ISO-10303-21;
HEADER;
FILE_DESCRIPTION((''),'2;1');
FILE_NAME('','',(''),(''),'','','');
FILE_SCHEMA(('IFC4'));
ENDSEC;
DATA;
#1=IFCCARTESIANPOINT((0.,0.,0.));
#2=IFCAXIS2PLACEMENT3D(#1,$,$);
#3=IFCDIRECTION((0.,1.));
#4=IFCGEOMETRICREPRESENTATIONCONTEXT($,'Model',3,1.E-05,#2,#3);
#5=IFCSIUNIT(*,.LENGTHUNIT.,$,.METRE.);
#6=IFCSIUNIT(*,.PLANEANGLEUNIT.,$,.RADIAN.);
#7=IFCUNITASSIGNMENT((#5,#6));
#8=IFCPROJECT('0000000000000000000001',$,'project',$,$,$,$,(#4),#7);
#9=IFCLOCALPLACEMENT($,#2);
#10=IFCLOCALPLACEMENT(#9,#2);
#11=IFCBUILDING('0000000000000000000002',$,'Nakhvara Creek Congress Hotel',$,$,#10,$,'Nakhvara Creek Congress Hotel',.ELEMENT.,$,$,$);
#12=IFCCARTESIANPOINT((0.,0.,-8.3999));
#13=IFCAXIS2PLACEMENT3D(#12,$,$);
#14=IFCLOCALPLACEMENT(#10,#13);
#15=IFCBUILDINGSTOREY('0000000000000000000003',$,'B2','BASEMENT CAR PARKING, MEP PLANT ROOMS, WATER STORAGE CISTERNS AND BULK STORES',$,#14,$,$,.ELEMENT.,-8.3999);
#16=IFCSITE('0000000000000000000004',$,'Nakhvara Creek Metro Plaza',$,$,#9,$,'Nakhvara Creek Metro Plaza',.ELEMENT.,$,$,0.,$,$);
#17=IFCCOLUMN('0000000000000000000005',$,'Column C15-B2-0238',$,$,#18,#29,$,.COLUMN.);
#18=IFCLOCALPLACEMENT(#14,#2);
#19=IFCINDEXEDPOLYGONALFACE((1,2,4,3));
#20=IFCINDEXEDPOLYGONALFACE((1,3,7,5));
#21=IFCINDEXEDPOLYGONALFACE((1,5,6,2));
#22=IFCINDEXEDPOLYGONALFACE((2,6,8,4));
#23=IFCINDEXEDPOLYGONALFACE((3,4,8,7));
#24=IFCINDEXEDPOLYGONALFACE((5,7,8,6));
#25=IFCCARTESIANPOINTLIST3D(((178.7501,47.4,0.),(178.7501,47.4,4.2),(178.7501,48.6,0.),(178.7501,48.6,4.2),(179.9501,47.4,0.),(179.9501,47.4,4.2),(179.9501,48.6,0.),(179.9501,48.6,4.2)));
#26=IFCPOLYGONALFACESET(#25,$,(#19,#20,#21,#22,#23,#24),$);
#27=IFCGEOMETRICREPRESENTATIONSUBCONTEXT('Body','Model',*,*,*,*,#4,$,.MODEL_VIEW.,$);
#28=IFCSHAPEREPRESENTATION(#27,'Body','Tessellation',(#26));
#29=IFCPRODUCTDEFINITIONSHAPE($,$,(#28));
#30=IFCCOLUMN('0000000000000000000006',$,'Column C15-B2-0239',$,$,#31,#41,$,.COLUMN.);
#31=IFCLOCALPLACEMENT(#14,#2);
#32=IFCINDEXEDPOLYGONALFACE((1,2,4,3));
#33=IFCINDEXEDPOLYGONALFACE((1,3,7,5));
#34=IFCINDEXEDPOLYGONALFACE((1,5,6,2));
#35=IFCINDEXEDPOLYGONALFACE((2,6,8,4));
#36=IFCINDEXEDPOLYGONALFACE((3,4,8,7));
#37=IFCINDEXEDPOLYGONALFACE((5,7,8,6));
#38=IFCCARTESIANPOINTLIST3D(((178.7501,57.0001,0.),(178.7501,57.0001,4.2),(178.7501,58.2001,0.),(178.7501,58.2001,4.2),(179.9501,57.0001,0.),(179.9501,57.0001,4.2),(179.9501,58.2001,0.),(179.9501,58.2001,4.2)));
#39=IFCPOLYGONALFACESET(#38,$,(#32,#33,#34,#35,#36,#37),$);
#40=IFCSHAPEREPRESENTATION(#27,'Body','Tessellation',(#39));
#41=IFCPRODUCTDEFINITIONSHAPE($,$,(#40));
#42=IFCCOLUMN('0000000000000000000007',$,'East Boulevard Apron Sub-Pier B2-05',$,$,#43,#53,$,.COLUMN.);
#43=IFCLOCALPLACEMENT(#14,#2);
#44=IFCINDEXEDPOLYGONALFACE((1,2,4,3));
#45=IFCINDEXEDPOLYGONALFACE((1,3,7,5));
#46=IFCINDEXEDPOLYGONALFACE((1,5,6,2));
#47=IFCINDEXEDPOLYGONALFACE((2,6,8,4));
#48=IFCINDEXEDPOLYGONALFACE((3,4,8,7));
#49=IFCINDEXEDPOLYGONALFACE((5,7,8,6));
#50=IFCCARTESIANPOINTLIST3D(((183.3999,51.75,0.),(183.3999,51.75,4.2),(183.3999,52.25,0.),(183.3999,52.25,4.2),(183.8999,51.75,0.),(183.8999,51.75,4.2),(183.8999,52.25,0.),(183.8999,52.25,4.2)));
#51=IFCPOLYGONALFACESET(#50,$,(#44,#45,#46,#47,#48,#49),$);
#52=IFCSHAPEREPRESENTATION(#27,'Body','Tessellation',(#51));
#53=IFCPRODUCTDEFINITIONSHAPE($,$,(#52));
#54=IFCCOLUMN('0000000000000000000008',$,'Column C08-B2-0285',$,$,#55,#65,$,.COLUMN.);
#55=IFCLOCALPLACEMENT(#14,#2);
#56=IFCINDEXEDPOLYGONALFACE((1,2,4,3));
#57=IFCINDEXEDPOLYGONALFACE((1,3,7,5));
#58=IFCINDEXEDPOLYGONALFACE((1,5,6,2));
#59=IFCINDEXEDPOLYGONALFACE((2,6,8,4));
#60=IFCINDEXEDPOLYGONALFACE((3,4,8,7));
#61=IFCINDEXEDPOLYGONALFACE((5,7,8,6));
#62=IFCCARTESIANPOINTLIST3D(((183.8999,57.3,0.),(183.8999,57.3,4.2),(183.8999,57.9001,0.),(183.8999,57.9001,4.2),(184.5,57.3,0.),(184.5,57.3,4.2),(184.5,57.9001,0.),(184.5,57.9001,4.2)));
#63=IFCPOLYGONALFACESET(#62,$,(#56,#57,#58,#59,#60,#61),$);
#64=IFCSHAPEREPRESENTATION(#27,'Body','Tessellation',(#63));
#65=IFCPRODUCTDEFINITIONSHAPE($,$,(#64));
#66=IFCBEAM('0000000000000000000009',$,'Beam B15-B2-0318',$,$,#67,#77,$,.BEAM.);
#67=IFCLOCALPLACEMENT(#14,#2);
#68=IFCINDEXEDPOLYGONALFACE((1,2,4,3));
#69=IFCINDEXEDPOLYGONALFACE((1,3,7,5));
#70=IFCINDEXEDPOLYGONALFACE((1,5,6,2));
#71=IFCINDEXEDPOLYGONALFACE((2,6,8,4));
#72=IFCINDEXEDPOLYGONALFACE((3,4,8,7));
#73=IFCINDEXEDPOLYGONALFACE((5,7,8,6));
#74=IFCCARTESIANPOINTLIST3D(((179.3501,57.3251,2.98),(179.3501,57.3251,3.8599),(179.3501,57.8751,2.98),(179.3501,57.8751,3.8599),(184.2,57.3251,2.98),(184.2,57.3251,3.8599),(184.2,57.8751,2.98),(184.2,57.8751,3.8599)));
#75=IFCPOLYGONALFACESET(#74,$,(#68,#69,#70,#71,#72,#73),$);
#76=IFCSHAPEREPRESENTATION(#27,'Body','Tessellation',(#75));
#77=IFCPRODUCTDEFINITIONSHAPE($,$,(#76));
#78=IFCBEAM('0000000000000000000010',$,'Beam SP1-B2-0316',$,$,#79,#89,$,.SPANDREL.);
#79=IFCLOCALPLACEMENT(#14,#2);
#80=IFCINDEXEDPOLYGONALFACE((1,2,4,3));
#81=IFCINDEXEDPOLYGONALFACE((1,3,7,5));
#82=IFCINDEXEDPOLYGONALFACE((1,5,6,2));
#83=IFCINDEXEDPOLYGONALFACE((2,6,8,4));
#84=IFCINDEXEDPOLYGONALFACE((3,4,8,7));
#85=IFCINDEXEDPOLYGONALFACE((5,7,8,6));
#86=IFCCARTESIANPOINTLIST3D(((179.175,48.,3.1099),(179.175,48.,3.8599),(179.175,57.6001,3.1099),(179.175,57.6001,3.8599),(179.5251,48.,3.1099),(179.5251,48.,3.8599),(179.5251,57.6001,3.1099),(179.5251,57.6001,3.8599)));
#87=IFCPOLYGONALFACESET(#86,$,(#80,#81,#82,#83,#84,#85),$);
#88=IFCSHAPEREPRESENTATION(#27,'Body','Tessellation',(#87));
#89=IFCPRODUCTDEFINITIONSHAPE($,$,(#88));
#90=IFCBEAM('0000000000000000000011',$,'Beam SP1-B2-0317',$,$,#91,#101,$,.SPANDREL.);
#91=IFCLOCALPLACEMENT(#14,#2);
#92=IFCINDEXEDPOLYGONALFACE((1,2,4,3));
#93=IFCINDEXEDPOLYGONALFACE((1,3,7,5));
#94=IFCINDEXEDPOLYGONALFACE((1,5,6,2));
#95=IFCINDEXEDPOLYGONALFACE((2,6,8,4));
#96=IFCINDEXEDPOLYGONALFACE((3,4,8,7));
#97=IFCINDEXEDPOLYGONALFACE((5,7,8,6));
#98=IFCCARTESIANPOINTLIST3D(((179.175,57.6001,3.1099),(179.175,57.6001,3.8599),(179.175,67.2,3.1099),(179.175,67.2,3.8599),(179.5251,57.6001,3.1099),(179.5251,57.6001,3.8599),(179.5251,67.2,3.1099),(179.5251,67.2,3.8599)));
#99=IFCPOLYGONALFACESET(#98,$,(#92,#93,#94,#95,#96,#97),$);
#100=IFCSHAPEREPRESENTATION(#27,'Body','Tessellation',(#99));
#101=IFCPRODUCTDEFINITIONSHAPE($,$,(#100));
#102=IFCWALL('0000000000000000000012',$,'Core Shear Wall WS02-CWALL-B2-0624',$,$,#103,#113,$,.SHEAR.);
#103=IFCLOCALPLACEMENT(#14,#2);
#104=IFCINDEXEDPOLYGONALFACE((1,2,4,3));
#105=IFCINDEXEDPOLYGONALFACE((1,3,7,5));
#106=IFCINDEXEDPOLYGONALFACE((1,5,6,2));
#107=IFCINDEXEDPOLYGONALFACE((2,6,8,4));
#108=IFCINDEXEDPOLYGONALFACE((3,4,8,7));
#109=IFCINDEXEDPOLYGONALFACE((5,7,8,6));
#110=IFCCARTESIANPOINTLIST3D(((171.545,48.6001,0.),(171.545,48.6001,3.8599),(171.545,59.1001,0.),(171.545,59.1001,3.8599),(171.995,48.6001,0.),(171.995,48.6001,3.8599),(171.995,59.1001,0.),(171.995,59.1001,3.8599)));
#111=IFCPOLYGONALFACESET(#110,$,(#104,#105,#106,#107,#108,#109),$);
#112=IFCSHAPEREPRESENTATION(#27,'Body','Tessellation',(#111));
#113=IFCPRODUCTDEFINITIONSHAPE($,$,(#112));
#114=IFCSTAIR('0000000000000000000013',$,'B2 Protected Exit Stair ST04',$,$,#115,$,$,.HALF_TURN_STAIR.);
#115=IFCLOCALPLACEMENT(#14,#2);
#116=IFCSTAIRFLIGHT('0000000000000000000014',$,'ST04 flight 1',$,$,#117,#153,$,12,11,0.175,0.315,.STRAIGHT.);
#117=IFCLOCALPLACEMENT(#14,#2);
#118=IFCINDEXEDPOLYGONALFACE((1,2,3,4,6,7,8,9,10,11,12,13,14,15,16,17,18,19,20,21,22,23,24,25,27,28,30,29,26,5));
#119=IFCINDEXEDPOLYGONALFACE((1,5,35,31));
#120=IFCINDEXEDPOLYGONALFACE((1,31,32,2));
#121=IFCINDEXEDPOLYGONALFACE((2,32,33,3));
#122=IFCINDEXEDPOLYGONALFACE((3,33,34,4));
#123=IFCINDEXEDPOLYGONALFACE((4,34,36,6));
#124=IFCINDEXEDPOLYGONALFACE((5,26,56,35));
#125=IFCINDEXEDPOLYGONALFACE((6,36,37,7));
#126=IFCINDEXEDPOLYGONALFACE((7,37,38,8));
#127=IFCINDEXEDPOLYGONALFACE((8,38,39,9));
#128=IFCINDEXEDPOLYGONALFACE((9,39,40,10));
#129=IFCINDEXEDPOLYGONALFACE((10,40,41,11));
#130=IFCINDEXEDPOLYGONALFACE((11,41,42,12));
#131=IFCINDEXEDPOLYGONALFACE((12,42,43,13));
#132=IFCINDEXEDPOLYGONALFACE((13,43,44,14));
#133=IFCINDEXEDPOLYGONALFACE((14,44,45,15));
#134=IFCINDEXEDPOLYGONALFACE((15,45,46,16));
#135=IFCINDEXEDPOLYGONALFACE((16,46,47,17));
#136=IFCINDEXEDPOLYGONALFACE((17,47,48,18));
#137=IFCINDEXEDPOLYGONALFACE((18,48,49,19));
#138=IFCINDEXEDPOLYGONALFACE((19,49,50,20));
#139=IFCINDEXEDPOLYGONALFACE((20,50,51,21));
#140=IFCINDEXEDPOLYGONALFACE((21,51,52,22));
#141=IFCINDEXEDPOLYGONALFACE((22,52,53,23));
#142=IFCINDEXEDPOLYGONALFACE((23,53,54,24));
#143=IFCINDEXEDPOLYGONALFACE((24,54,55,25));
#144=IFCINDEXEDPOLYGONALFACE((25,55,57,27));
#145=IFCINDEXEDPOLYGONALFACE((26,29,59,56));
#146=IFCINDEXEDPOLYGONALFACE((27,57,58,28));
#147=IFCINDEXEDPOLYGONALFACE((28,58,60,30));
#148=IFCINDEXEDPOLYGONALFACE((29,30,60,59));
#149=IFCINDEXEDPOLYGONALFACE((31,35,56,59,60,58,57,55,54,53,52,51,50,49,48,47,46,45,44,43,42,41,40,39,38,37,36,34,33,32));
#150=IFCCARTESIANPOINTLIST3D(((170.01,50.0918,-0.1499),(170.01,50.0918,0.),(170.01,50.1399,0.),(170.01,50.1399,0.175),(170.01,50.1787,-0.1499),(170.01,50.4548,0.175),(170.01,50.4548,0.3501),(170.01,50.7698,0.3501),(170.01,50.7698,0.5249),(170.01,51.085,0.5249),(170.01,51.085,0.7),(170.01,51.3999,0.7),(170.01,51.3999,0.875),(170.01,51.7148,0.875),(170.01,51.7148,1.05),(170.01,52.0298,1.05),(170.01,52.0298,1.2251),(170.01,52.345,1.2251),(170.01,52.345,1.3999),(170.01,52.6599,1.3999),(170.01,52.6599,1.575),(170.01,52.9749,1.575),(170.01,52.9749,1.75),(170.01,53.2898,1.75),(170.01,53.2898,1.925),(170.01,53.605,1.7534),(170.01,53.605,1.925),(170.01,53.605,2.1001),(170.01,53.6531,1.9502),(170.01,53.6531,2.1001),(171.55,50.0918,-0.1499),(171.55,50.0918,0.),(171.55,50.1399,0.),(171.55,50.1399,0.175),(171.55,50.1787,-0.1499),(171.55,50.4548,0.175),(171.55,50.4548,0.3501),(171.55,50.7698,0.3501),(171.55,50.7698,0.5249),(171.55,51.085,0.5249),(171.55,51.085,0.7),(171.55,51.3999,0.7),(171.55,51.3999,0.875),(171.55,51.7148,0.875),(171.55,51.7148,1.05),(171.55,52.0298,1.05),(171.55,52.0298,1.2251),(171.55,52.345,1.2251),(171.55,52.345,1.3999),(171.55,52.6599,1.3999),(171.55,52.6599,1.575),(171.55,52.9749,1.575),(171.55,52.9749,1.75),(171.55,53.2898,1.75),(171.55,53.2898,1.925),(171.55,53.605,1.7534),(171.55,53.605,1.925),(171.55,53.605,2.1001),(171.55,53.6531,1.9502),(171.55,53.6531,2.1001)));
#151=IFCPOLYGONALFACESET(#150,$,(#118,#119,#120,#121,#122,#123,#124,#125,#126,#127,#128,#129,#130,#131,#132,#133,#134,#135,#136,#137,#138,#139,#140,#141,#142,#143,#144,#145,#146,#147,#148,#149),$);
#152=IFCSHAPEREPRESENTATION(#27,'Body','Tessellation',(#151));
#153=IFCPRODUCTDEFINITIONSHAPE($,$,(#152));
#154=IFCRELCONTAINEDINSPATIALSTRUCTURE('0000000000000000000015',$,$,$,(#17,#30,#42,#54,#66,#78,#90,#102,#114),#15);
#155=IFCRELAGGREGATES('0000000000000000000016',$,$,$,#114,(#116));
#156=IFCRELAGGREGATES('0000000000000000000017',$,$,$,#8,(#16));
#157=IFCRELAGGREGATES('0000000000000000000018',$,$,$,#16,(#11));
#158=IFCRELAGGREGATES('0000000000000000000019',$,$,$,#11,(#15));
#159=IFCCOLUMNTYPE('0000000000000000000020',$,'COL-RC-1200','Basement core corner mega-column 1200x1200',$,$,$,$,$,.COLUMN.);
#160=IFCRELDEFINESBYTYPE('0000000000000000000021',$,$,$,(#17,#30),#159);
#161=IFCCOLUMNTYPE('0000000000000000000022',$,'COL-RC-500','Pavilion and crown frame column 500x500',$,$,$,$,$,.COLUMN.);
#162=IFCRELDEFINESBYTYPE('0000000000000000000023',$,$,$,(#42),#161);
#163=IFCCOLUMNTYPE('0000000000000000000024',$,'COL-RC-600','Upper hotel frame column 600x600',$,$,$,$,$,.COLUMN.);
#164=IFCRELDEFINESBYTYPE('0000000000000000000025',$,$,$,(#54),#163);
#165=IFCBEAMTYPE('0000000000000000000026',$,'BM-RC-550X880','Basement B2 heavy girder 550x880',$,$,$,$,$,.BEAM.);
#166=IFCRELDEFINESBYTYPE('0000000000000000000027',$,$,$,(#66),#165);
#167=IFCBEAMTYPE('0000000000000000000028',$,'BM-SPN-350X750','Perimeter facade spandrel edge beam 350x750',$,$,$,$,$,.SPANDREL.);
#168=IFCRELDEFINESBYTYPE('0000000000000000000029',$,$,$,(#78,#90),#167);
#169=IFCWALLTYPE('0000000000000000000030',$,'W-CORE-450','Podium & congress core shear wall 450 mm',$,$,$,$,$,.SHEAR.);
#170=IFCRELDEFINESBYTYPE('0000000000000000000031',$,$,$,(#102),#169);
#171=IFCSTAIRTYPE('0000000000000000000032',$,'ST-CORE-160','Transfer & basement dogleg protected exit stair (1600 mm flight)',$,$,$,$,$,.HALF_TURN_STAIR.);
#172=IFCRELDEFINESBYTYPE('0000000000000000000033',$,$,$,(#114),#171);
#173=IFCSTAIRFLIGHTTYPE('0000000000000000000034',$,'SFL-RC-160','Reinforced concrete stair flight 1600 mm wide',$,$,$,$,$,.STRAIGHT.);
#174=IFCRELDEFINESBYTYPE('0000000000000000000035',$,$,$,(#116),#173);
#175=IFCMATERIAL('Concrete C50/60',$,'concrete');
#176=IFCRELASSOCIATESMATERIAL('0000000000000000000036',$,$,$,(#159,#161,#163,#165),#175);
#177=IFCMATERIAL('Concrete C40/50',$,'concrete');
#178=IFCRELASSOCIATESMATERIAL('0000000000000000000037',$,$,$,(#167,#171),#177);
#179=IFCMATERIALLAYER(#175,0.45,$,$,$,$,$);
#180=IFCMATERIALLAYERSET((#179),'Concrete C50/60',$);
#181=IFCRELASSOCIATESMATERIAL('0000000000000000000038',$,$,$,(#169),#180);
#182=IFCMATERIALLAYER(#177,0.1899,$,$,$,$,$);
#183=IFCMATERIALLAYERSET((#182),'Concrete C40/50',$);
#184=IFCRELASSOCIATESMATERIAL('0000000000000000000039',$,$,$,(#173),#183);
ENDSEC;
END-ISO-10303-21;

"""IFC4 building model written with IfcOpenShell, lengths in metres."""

from ifc_helpers import new_model, si_unit, direction, frame, frame_2d, origin, origin_2d, place, context, subcontext, project, spatial, polyline, rectangle, outline, extrude, material, layer, layer_set, material_profile, profile_set, type_object, element, aggregate, save


model = new_model("IFC4")

# Units and contexts
model_context = context("Model", 3, precision=1e-05, world=origin(), true_north=direction((0.0, 1.0)))
body_context = subcontext(model_context, "Body", "Model", "MODEL_VIEW")
ifc_project = project(units=[si_unit("LENGTHUNIT", "METRE"), si_unit("PLANEANGLEUNIT", "RADIAN")], contexts=[model_context])

# Site, building, storey
site_placement = place(None, origin())
site = spatial("IfcSite", under=ifc_project, at=site_placement, Name="Nakhvara Creek Metro Plaza", LongName="Nakhvara Creek Metro Plaza", CompositionType="ELEMENT", RefElevation=0.0)
building_placement = place(site_placement, origin())
building = spatial("IfcBuilding", under=site, at=building_placement, Name="Nakhvara Creek Congress Hotel", LongName="Nakhvara Creek Congress Hotel", CompositionType="ELEMENT")
storey_placement = place(building_placement, frame((0.0, 0.0, -8.3999)))
storey = spatial("IfcBuildingStorey", under=building, at=storey_placement, Name="B2", Description="BASEMENT CAR PARKING, MEP PLANT ROOMS, WATER STORAGE CISTERNS AND BULK STORES", CompositionType="ELEMENT", Elevation=-8.3999)

# Shared definitions
ifc_material_1 = material(Name="Concrete C40/50", Category="concrete")

# Columns
ifc_material_2 = material(Name="Concrete C50/60", Category="concrete")
ifc_material_profile_1 = material_profile(ifc_material_2, rectangle(XDim=1.2, YDim=1.2, at=origin_2d()), Name="RC-COL 1200x1200", Category="LoadBearing")
ifc_profile_set_1 = profile_set([ifc_material_profile_1], Name="Concrete C50/60")
column_type_1 = type_object("IfcColumnType", Name="COL-RC-1200", Description="Basement core corner mega-column 1200x1200", PredefinedType="COLUMN", material=ifc_profile_set_1)
for number, where, z_axis, x_axis, name in (
    (1, (179.3501, 48.0, 0.0), (0.0, 0.0, 1.0), (1.0, 0.0, 0.0), "Column C15-B2-0238"),
    (2, (179.3501, 57.6001, 0.0), (0.0, 0.0, 1.0), (1.0, 0.0, 0.0), "Column C15-B2-0239"),
):
    element("IfcColumn", number, at=place(storey_placement, frame(where, z_axis=z_axis, x_axis=x_axis)), inside=storey, type_object=column_type_1, Name=name, PredefinedType="COLUMN", context=body_context, shape_type="SweptSolid", body=[
        extrude(rectangle(XDim=1.2, YDim=1.2, at=origin_2d()), origin(), (0.0, 0.0, 1.0), 4.2),
    ])
ifc_material_profile_2 = material_profile(ifc_material_2, rectangle(XDim=0.5, YDim=0.5, at=origin_2d()), Name="RC-COL 500x500", Category="LoadBearing")
ifc_profile_set_2 = profile_set([ifc_material_profile_2], Name="Concrete C50/60")
column_type_2 = type_object("IfcColumnType", Name="COL-RC-500", Description="Pavilion and crown frame column 500x500", PredefinedType="COLUMN", material=ifc_profile_set_2)
column_1_placement = place(storey_placement, frame((183.6499, 52.0, 0.0), z_axis=(0.0, 0.0, 1.0), x_axis=(1.0, 0.0, 0.0)))
element("IfcColumn", 3, at=column_1_placement, inside=storey, type_object=column_type_2, Name="East Boulevard Apron Sub-Pier B2-05", PredefinedType="COLUMN", context=body_context, shape_type="SweptSolid", body=[
    extrude(rectangle(XDim=0.5, YDim=0.5, at=origin_2d()), origin(), (0.0, 0.0, 1.0), 4.2),
])
ifc_material_profile_3 = material_profile(ifc_material_2, rectangle(XDim=0.6001, YDim=0.6001, at=origin_2d()), Name="RC-COL 600x600", Category="LoadBearing")
ifc_profile_set_3 = profile_set([ifc_material_profile_3], Name="Concrete C50/60")
column_type_3 = type_object("IfcColumnType", Name="COL-RC-600", Description="Upper hotel frame column 600x600", PredefinedType="COLUMN", material=ifc_profile_set_3)
column_2_placement = place(storey_placement, frame((184.2, 57.6001, 0.0), z_axis=(0.0, 0.0, 1.0), x_axis=(1.0, 0.0, 0.0)))
element("IfcColumn", 4, at=column_2_placement, inside=storey, type_object=column_type_3, Name="Column C08-B2-0285", PredefinedType="COLUMN", context=body_context, shape_type="SweptSolid", body=[
    extrude(rectangle(XDim=0.6001, YDim=0.6001, at=origin_2d()), origin(), (0.0, 0.0, 1.0), 4.2),
])

# Beams
ifc_material_profile_4 = material_profile(ifc_material_2, rectangle(XDim=0.55, YDim=0.8799, at=origin_2d()), Name="RC-BM 550x880", Category="LoadBearing")
ifc_profile_set_4 = profile_set([ifc_material_profile_4], Name="Concrete C50/60")
beam_type_1 = type_object("IfcBeamType", Name="BM-RC-550X880", Description="Basement B2 heavy girder 550x880", PredefinedType="BEAM", material=ifc_profile_set_4)
beam_1_placement = place(storey_placement, frame((179.3501, 57.6001, 3.4199), z_axis=(1.0, 0.0, 0.0), x_axis=(0.0, 1.0, 0.0)))
element("IfcBeam", 5, at=beam_1_placement, inside=storey, type_object=beam_type_1, Name="Beam B15-B2-0318", PredefinedType="BEAM", context=body_context, shape_type="SweptSolid", body=[
    extrude(rectangle(XDim=0.55, YDim=0.8799, at=origin_2d()), origin(), (0.0, 0.0, 1.0), 4.8499),
])
ifc_material_profile_5 = material_profile(ifc_material_1, rectangle(XDim=0.3501, YDim=0.75, at=origin_2d()), Name="RC-SPANDREL 350x750", Category="LoadBearing")
ifc_profile_set_5 = profile_set([ifc_material_profile_5], Name="Concrete C40/50")
beam_type_2 = type_object("IfcBeamType", Name="BM-SPN-350X750", Description="Perimeter facade spandrel edge beam 350x750", PredefinedType="SPANDREL", material=ifc_profile_set_5)
beam_2_placement = place(storey_placement, frame((179.3501, 48.0, 3.4849), z_axis=(0.0, 1.0, 0.0), x_axis=(-1.0, 0.0, 0.0)))
element("IfcBeam", 6, at=beam_2_placement, inside=storey, type_object=beam_type_2, Name="Beam SP1-B2-0316", PredefinedType="SPANDREL", context=body_context, shape_type="SweptSolid", body=[
    extrude(rectangle(XDim=0.3501, YDim=0.75, at=origin_2d()), origin(), (0.0, 0.0, 1.0), 9.6001),
])
beam_3_placement = place(storey_placement, frame((179.3501, 57.6001, 3.4849), z_axis=(0.0, 1.0, 0.0), x_axis=(-1.0, 0.0, 0.0)))
element("IfcBeam", 7, at=beam_3_placement, inside=storey, type_object=beam_type_2, Name="Beam SP1-B2-0317", PredefinedType="SPANDREL", context=body_context, shape_type="SweptSolid", body=[
    extrude(rectangle(XDim=0.3501, YDim=0.75, at=origin_2d()), origin(), (0.0, 0.0, 1.0), 9.5999),
])

# Shared definitions
ifc_layer_1 = layer(ifc_material_2, 0.45)
ifc_layer_set_1 = layer_set([ifc_layer_1], Name="Concrete C50/60")
wall_type = type_object("IfcWallType", Name="W-CORE-450", Description="Podium & congress core shear wall 450 mm", PredefinedType="SHEAR", material=ifc_layer_set_1)

# Wall
wall_1_placement = place(storey_placement, frame((171.77, 48.6001, 0.0), z_axis=(0.0, 0.0, 1.0), x_axis=(0.0, 1.0, 0.0)))
element("IfcWall", 8, at=wall_1_placement, inside=storey, type_object=wall_type, Name="Core Shear Wall WS02-CWALL-B2-0624", PredefinedType="SHEAR", context=body_context, shape_type="SweptSolid", body=[
    extrude(rectangle(XDim=10.5, YDim=0.45, at=frame_2d((5.25, 0.0))), origin(), (0.0, 0.0, 1.0), 3.8599),
])

# Stair, stair flight
stair_type = type_object("IfcStairType", Name="ST-CORE-160", Description="Transfer & basement dogleg protected exit stair (1600 mm flight)", PredefinedType="HALF_TURN_STAIR", material=ifc_material_1)
stair_placement = place(storey_placement, origin())
stair = element("IfcStair", 9, at=stair_placement, inside=storey, type_object=stair_type, Name="B2 Protected Exit Stair ST04", PredefinedType="HALF_TURN_STAIR")
ifc_layer_2 = layer(ifc_material_1, 0.1899)
ifc_layer_set_2 = layer_set([ifc_layer_2], Name="Concrete C40/50")
stair_flight_type = type_object("IfcStairFlightType", Name="SFL-RC-160", Description="Reinforced concrete stair flight 1600 mm wide", PredefinedType="STRAIGHT", material=ifc_layer_set_2)
stair_flight_1_placement = place(storey_placement, frame((170.78, 50.1399, 0.0), z_axis=(0.0, 0.0, 1.0), x_axis=(0.0, 1.0, 0.0)))
stair_flight_1 = element("IfcStairFlight", 10, at=stair_flight_1_placement, type_object=stair_flight_type, Name="ST04 flight 1", NumberOfRisers=12, NumberOfTreads=11, PredefinedType="STRAIGHT", RiserHeight=0.175, TreadLength=0.315, context=body_context, shape_type="SweptSolid", body=[
    extrude(outline(polyline([(-0.0481, 0.0), (0.0, 0.0), (0.0, 0.175), (0.3149, 0.175), (0.3149, 0.3501), (0.6299, 0.3501), (0.6299, 0.5249), (0.9451, 0.5249), (0.9451, 0.7), (1.26, 0.7), (1.26, 0.875), (1.575, 0.875), (1.575, 1.05), (1.8899, 1.05), (1.8899, 1.2251), (2.2051, 1.2251), (2.2051, 1.3999), (2.52, 1.3999), (2.52, 1.575), (2.835, 1.575), (2.835, 1.75), (3.1499, 1.75), (3.1499, 1.925), (3.4651, 1.925), (3.4651, 2.1001), (3.5132, 2.1001), (3.5132, 1.9502), (3.4651, 1.7534), (0.0388, -0.1499), (-0.0481, -0.1499), (-0.0481, 0.0)])), frame((0.0, 0.77, 0.0), z_axis=(0.0, -1.0, 0.0), x_axis=(1.0, 0.0, 0.0)), (0.0, 0.0, 1.0), 1.54),
])
aggregate(stair, [stair_flight_1])

save(model, "model.ifc")
